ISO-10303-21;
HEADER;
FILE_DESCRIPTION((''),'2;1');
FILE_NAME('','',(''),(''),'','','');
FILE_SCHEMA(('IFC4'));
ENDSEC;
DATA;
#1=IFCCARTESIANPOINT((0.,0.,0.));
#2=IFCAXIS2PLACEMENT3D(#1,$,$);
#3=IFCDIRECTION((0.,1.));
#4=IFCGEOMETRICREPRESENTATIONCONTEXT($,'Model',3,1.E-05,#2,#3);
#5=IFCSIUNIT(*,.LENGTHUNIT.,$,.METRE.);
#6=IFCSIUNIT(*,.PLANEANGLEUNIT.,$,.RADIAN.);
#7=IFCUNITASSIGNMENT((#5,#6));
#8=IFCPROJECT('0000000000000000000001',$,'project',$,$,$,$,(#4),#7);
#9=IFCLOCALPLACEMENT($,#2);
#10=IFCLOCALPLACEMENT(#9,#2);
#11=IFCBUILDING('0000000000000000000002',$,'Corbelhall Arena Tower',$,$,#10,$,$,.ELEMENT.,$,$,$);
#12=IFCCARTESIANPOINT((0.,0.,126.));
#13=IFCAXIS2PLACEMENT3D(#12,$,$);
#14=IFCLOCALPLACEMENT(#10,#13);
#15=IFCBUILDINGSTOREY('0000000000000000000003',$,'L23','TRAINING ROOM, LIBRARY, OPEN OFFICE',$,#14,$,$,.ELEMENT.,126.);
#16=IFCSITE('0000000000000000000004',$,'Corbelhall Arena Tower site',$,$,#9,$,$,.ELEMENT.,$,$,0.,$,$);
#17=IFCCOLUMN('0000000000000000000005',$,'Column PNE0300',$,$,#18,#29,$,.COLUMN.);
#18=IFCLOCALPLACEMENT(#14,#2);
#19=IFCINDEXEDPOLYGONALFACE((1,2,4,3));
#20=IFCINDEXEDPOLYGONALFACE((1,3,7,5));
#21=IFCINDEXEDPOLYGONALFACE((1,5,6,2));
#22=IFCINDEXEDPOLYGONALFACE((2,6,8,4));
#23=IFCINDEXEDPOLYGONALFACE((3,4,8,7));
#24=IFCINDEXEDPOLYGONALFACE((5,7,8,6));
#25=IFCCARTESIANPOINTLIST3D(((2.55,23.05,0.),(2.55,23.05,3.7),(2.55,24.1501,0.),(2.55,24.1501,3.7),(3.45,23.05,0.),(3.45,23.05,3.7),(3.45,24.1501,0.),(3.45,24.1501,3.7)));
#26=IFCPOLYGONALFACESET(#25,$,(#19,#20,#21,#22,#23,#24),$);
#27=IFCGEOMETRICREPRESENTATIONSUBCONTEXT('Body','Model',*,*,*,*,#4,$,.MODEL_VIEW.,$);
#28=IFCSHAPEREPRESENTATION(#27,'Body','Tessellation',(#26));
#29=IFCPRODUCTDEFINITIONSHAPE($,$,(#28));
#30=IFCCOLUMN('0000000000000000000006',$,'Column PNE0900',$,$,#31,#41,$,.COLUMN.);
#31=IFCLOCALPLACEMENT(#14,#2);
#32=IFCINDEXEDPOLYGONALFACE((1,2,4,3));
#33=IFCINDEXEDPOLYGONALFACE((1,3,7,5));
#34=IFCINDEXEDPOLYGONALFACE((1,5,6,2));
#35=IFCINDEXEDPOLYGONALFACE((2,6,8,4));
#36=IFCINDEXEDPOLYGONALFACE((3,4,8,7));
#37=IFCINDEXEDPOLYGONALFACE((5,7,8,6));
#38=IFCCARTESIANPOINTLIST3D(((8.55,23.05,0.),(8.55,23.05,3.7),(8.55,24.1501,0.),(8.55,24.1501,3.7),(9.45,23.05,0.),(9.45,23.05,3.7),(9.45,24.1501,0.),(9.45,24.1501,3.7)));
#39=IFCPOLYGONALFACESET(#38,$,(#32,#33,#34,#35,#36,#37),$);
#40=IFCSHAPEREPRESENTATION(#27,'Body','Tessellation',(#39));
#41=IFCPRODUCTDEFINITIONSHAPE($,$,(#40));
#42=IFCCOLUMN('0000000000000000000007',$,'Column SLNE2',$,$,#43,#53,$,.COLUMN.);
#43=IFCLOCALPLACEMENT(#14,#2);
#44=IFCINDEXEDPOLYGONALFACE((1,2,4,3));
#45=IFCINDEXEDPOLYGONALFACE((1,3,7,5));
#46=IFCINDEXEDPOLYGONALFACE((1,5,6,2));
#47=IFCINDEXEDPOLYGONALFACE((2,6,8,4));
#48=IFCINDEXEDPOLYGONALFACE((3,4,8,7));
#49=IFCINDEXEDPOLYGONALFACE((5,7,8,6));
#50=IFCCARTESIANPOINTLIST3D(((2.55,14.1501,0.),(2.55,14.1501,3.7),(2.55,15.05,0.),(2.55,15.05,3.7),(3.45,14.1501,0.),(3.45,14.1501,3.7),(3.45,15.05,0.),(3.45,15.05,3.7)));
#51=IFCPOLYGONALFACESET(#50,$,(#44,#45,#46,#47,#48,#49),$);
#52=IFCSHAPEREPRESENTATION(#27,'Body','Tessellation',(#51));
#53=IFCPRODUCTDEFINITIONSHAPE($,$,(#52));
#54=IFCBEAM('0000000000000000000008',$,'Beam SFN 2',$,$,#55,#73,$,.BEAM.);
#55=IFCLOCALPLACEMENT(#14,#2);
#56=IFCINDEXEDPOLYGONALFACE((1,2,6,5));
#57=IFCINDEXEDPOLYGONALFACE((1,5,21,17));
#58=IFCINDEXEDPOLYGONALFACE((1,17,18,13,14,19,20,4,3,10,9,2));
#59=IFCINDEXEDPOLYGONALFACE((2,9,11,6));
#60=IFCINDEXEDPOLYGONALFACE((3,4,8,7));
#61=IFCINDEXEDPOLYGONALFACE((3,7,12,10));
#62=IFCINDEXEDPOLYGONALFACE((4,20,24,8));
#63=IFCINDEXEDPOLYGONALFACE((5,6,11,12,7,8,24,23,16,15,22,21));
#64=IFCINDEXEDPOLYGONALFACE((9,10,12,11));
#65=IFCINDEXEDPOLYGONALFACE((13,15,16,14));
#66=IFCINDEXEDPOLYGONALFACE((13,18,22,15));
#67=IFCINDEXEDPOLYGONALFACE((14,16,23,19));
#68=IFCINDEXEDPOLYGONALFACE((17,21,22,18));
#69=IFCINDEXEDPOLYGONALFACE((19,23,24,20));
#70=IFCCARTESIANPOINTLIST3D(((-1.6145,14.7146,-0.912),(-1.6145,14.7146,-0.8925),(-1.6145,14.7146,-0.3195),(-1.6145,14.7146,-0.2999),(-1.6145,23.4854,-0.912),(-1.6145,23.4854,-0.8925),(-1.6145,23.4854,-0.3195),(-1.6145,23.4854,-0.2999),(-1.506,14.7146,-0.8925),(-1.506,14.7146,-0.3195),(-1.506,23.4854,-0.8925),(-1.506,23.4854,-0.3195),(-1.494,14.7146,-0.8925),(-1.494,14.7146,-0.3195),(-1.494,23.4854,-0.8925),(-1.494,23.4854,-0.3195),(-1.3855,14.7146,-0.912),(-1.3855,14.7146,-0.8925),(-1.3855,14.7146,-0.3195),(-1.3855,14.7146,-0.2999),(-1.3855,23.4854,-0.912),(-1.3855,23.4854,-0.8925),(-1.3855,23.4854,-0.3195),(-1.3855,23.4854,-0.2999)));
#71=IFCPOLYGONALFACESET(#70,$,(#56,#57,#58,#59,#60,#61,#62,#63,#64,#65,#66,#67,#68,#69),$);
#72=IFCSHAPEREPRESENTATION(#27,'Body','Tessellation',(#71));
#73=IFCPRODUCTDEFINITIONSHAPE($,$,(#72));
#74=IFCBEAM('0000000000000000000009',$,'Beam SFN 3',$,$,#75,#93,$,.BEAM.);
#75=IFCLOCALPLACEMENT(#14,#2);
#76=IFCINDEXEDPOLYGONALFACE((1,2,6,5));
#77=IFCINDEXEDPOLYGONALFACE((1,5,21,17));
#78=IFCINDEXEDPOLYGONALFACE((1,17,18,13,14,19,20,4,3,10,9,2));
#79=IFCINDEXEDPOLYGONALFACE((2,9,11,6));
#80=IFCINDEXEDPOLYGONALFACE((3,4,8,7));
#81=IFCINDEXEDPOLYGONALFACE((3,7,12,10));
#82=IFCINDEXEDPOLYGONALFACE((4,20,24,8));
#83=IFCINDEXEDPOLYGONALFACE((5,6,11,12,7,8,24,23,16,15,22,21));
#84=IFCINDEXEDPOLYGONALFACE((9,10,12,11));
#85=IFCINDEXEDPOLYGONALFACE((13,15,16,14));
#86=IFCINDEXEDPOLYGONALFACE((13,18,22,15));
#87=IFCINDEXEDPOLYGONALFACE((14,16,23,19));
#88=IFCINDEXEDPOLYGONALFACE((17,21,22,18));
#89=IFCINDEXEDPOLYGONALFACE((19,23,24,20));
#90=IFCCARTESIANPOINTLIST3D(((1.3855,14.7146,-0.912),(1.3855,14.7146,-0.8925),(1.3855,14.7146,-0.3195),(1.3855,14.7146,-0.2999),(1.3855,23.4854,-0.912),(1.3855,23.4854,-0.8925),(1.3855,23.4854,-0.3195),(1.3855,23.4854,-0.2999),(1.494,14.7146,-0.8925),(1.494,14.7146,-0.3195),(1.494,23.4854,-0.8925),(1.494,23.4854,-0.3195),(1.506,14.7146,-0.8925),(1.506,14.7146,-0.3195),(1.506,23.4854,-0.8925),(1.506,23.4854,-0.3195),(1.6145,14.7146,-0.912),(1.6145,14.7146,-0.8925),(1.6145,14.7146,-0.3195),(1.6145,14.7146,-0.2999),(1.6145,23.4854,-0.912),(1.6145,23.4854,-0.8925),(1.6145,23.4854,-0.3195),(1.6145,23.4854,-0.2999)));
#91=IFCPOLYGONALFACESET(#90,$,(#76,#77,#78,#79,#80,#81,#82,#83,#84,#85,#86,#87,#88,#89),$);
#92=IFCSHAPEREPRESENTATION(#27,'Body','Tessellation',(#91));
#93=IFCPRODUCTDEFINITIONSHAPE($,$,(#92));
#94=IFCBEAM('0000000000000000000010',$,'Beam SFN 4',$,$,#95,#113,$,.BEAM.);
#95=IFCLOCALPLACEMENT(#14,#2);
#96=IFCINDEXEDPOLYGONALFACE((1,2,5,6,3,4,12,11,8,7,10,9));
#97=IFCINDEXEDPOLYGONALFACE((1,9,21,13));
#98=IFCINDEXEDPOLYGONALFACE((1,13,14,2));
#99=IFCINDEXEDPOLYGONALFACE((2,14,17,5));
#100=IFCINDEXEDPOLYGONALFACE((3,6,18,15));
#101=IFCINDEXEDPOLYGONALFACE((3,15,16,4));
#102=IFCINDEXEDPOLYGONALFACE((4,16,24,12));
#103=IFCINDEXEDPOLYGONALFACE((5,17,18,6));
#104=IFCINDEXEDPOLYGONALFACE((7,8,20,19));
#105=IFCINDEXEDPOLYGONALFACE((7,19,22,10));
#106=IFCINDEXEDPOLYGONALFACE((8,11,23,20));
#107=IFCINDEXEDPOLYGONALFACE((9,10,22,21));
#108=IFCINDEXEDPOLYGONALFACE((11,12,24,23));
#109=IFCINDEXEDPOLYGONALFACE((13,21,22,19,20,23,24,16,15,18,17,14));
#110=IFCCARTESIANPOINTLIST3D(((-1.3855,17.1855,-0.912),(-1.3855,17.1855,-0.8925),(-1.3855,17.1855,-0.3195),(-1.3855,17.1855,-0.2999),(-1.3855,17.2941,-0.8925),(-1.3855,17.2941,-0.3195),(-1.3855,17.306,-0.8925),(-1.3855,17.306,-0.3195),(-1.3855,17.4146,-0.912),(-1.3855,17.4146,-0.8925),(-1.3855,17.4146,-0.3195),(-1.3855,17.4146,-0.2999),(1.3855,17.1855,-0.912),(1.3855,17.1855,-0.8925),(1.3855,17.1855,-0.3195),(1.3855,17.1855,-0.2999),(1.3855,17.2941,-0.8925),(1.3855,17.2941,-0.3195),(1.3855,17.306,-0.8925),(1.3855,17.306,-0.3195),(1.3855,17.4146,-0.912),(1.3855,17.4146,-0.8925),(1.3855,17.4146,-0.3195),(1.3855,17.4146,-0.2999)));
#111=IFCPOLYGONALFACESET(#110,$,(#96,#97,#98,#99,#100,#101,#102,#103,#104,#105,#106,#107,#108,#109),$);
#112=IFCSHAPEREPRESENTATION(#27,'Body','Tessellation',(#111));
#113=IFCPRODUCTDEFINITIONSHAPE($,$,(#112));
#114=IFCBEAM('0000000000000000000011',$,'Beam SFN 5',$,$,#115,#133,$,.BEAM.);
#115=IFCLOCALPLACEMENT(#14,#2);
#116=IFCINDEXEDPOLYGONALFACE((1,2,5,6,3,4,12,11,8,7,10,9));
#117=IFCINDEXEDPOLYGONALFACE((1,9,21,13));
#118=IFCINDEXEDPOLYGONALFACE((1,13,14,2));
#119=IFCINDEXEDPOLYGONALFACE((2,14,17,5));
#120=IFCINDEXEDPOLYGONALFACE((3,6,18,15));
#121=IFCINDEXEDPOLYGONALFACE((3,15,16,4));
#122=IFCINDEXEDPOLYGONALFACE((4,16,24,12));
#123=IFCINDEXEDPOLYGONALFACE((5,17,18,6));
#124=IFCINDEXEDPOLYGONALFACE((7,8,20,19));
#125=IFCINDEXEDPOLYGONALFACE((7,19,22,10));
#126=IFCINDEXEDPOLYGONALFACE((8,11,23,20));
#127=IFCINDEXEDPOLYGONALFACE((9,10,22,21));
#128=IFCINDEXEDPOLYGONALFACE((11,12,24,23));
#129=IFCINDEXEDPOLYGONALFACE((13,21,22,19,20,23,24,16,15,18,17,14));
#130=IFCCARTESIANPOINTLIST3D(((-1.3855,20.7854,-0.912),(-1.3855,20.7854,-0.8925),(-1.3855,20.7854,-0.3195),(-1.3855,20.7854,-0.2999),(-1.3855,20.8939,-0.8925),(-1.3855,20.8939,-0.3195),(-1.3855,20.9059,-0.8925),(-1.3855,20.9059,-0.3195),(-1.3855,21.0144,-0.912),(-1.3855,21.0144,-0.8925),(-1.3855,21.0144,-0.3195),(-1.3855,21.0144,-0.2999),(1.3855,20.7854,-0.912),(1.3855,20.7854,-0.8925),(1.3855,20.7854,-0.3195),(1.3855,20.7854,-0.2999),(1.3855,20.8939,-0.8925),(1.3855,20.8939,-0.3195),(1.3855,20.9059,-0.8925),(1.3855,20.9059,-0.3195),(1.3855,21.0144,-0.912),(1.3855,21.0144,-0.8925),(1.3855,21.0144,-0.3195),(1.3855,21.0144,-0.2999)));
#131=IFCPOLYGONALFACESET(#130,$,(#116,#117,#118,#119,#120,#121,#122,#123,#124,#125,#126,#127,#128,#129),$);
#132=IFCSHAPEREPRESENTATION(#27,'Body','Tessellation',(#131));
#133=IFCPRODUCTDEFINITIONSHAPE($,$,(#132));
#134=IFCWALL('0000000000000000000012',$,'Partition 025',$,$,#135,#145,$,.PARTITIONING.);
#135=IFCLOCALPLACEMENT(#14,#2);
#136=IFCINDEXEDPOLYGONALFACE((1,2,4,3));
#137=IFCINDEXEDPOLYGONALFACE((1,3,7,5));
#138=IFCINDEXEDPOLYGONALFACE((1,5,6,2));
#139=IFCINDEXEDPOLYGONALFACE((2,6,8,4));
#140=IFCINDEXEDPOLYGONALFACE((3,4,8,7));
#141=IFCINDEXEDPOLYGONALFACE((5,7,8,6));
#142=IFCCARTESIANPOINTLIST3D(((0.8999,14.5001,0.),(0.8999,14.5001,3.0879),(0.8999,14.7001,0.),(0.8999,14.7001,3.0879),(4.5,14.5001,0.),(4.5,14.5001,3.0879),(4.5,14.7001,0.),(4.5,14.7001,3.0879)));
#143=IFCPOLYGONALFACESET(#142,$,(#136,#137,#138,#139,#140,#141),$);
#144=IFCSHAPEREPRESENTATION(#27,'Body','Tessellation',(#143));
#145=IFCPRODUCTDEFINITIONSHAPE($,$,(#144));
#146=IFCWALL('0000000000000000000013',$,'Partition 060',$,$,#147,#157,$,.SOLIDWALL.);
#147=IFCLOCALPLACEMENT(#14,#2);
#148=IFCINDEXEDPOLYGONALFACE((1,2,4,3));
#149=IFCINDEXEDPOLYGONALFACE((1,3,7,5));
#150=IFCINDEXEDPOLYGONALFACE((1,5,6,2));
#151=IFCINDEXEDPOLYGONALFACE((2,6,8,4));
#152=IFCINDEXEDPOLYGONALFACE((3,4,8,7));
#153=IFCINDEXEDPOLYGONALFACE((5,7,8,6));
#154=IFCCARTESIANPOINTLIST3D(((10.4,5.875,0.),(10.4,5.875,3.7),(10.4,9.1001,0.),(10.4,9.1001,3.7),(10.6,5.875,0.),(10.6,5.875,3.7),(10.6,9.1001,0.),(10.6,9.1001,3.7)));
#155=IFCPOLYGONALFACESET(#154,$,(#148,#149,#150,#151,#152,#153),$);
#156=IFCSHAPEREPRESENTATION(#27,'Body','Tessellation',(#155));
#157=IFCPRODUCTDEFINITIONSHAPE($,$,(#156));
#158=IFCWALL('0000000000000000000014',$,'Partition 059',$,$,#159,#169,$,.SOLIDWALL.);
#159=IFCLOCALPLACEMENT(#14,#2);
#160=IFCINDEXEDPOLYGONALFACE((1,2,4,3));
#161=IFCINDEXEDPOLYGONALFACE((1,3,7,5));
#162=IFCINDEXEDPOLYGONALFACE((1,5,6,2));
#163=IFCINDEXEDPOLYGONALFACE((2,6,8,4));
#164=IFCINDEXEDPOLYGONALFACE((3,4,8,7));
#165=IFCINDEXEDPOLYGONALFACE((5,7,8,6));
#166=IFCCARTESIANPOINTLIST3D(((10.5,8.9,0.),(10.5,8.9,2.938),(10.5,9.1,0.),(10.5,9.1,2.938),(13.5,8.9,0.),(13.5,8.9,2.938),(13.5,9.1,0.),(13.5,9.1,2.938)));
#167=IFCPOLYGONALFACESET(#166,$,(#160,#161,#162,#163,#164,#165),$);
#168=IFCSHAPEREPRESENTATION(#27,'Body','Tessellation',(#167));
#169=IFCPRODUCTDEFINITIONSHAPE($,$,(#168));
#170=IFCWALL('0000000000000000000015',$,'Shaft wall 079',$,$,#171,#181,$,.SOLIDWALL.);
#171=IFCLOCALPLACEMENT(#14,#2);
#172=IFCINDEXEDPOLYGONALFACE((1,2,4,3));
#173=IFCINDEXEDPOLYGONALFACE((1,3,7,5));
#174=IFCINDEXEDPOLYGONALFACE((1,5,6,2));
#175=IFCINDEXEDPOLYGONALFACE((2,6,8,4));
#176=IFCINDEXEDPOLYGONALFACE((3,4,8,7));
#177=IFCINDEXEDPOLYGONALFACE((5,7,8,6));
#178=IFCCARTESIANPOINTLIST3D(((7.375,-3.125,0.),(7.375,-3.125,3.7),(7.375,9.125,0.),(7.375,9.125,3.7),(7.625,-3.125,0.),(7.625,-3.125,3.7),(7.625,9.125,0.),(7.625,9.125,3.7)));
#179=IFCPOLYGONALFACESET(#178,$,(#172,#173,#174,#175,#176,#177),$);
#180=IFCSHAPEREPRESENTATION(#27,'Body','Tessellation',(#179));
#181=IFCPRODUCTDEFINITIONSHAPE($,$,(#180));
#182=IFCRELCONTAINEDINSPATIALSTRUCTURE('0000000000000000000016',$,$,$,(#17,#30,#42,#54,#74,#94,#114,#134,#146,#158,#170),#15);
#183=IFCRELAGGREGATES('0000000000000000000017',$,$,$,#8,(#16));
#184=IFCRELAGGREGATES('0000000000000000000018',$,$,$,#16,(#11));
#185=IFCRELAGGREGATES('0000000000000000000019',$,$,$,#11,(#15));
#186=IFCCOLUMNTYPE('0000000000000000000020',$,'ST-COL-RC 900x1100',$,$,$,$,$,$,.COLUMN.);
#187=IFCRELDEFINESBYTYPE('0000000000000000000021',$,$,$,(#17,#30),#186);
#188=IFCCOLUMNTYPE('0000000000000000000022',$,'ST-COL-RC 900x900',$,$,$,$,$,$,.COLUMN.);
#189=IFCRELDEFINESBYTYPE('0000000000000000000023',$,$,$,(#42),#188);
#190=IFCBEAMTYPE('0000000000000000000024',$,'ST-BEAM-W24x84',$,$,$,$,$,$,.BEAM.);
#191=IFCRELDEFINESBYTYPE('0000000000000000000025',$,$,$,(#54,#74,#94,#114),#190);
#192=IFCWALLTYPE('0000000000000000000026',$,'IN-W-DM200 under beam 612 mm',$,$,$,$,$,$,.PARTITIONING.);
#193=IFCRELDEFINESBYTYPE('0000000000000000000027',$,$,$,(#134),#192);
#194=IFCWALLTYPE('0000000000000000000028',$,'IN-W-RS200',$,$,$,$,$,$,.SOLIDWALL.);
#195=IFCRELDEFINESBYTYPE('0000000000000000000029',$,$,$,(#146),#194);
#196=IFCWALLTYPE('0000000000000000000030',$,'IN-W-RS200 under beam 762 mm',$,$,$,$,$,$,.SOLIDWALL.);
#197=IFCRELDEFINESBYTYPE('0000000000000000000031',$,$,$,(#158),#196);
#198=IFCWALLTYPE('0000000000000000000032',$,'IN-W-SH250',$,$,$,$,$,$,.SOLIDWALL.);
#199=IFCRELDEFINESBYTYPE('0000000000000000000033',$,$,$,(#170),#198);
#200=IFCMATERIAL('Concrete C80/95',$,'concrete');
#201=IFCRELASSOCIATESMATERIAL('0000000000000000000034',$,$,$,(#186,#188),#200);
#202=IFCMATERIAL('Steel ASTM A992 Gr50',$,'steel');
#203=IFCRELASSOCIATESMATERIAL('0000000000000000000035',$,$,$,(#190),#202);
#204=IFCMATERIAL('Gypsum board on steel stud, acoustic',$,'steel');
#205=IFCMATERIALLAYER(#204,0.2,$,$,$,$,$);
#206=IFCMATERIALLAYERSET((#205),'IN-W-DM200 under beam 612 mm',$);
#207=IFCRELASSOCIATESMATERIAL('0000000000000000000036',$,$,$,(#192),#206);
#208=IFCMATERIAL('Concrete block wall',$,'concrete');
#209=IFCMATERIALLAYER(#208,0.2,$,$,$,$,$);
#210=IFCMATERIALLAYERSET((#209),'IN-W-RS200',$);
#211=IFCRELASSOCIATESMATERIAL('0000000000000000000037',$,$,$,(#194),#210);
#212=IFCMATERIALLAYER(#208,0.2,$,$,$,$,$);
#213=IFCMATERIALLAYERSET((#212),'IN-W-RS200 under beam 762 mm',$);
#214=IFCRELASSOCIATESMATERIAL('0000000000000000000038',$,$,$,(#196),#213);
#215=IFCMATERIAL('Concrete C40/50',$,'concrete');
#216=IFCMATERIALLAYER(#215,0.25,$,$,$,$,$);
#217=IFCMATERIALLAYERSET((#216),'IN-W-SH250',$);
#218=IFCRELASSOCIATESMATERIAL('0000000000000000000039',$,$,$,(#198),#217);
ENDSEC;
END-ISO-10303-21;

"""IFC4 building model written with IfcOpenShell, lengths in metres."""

from ifc_helpers import new_model, si_unit, direction, frame, frame_2d, origin, origin_2d, place, context, subcontext, project, spatial, rectangle, i_section, extrude, material, layer, layer_set, material_profile, profile_set, type_object, element, save


model = new_model("IFC4")

# Units and contexts
model_context = context("Model", 3, precision=1e-05, world=origin(), true_north=direction((0.0, 1.0)))
body_context = subcontext(model_context, "Body", "Model", "MODEL_VIEW")
ifc_project = project(units=[si_unit("LENGTHUNIT", "METRE"), si_unit("PLANEANGLEUNIT", "RADIAN")], contexts=[model_context])

# Site, building, storey
site_placement = place(None, origin())
site = spatial("IfcSite", under=ifc_project, at=site_placement, Name="Corbelhall Arena Tower site", CompositionType="ELEMENT", RefElevation=0.0)
building_placement = place(site_placement, origin())
building = spatial("IfcBuilding", under=site, at=building_placement, Name="Corbelhall Arena Tower", CompositionType="ELEMENT")
storey_placement = place(building_placement, frame((0.0, 0.0, 126.0)))
storey = spatial("IfcBuildingStorey", under=building, at=storey_placement, Name="L23", Description="TRAINING ROOM, LIBRARY, OPEN OFFICE", CompositionType="ELEMENT", Elevation=126.0)

# Columns
ifc_material_1 = material(Name="Concrete C80/95", Category="concrete")
ifc_material_profile_1 = material_profile(ifc_material_1, rectangle(XDim=0.8999, YDim=1.1001, at=origin_2d()))
ifc_profile_set_1 = profile_set([ifc_material_profile_1], Name="Concrete C80/95")
column_type_1 = type_object("IfcColumnType", Name="ST-COL-RC 900x1100", PredefinedType="COLUMN", material=ifc_profile_set_1)
for number, where, z_axis, x_axis, name in (
    (1, (3.0, 23.6001, 0.0), (0.0, 0.0, 1.0), (1.0, 0.0, 0.0), "Column PNE0300"),
    (2, (9.0, 23.6001, 0.0), (0.0, 0.0, 1.0), (1.0, 0.0, 0.0), "Column PNE0900"),
):
    element("IfcColumn", number, at=place(storey_placement, frame(where, z_axis=z_axis, x_axis=x_axis)), inside=storey, type_object=column_type_1, Name=name, PredefinedType="COLUMN", context=body_context, shape_type="SweptSolid", body=[
        extrude(rectangle(XDim=0.8999, YDim=1.1001, at=origin_2d()), origin(), (0.0, 0.0, 1.0), 3.7),
    ])
ifc_material_profile_2 = material_profile(ifc_material_1, rectangle(XDim=0.8999, YDim=0.8999, at=origin_2d()))
ifc_profile_set_2 = profile_set([ifc_material_profile_2], Name="Concrete C80/95")
column_type_2 = type_object("IfcColumnType", Name="ST-COL-RC 900x900", PredefinedType="COLUMN", material=ifc_profile_set_2)
column_placement = place(storey_placement, frame((3.0, 14.6001, 0.0), z_axis=(0.0, 0.0, 1.0), x_axis=(1.0, 0.0, 0.0)))
element("IfcColumn", 3, at=column_placement, inside=storey, type_object=column_type_2, Name="Column SLNE2", PredefinedType="COLUMN", context=body_context, shape_type="SweptSolid", body=[
    extrude(rectangle(XDim=0.8999, YDim=0.8999, at=origin_2d()), origin(), (0.0, 0.0, 1.0), 3.7),
])

# Beams
ifc_material_2 = material(Name="Steel ASTM A992 Gr50", Category="steel")
ifc_material_profile_3 = material_profile(ifc_material_2, i_section(OverallWidth=0.229, OverallDepth=0.6121, WebThickness=0.012, FlangeThickness=0.0195, at=origin_2d()))
ifc_profile_set_3 = profile_set([ifc_material_profile_3], Name="Steel ASTM A992 Gr50")
beam_type = type_object("IfcBeamType", Name="ST-BEAM-W24x84", PredefinedType="BEAM", material=ifc_profile_set_3)
for number, where, z_axis, x_axis, name in (
    (4, (-1.5, 14.7146, -0.606), (0.0, 1.0, 0.0), (-1.0, 0.0, 0.0), "Beam SFN 2"),
    (5, (1.5, 14.7146, -0.606), (0.0, 1.0, 0.0), (-1.0, 0.0, 0.0), "Beam SFN 3"),
):
    element("IfcBeam", number, at=place(storey_placement, frame(where, z_axis=z_axis, x_axis=x_axis)), inside=storey, type_object=beam_type, Name=name, PredefinedType="BEAM", context=body_context, shape_type="SweptSolid", body=[
        extrude(i_section(OverallWidth=0.229, OverallDepth=0.6121, WebThickness=0.012, FlangeThickness=0.0195, at=origin_2d()), origin(), (0.0, 0.0, 1.0), 8.7708),
    ])
for number, where, z_axis, x_axis, name in (
    (6, (-1.3855, 17.3, -0.606), (1.0, 0.0, 0.0), (0.0, 1.0, 0.0), "Beam SFN 4"),
    (7, (-1.3855, 20.8999, -0.606), (1.0, 0.0, 0.0), (0.0, 1.0, 0.0), "Beam SFN 5"),
):
    element("IfcBeam", number, at=place(storey_placement, frame(where, z_axis=z_axis, x_axis=x_axis)), inside=storey, type_object=beam_type, Name=name, PredefinedType="BEAM", context=body_context, shape_type="SweptSolid", body=[
        extrude(i_section(OverallWidth=0.229, OverallDepth=0.6121, WebThickness=0.012, FlangeThickness=0.0195, at=origin_2d()), origin(), (0.0, 0.0, 1.0), 2.771),
    ])

# Walls
ifc_material_3 = material(Name="Gypsum board on steel stud, acoustic", Category="steel")
ifc_layer_1 = layer(ifc_material_3, 0.2)
ifc_layer_set_1 = layer_set([ifc_layer_1], Name="IN-W-DM200 under beam 612 mm")
wall_type_1 = type_object("IfcWallType", Name="IN-W-DM200 under beam 612 mm", PredefinedType="PARTITIONING", material=ifc_layer_set_1)
wall_1_placement = place(storey_placement, frame((0.8999, 14.6001, 0.0), z_axis=(0.0, 0.0, 1.0), x_axis=(1.0, 0.0, 0.0)))
element("IfcWall", 8, at=wall_1_placement, inside=storey, type_object=wall_type_1, Name="Partition 025", PredefinedType="PARTITIONING", context=body_context, shape_type="SweptSolid", body=[
    extrude(rectangle(XDim=3.6001, YDim=0.2, at=frame_2d((1.8, 0.0))), origin(), (0.0, 0.0, 1.0), 3.0879),
])
ifc_material_4 = material(Name="Concrete block wall", Category="concrete")
ifc_layer_2 = layer(ifc_material_4, 0.2)
ifc_layer_set_2 = layer_set([ifc_layer_2], Name="IN-W-RS200")
wall_type_2 = type_object("IfcWallType", Name="IN-W-RS200", PredefinedType="SOLIDWALL", material=ifc_layer_set_2)
wall_2_placement = place(storey_placement, frame((10.5, 9.1001, 0.0), z_axis=(0.0, 0.0, 1.0), x_axis=(0.0, -1.0, 0.0)))
element("IfcWall", 9, at=wall_2_placement, inside=storey, type_object=wall_type_2, Name="Partition 060", PredefinedType="SOLIDWALL", context=body_context, shape_type="SweptSolid", body=[
    extrude(rectangle(XDim=3.2251, YDim=0.2, at=frame_2d((1.6125, 0.0))), origin(), (0.0, 0.0, 1.0), 3.7),
])
ifc_layer_3 = layer(ifc_material_4, 0.2)
ifc_layer_set_3 = layer_set([ifc_layer_3], Name="IN-W-RS200 under beam 762 mm")
wall_type_3 = type_object("IfcWallType", Name="IN-W-RS200 under beam 762 mm", PredefinedType="SOLIDWALL", material=ifc_layer_set_3)
wall_3_placement = place(storey_placement, frame((10.5, 9.0, 0.0), z_axis=(0.0, 0.0, 1.0), x_axis=(1.0, 0.0, 0.0)))
element("IfcWall", 10, at=wall_3_placement, inside=storey, type_object=wall_type_3, Name="Partition 059", PredefinedType="SOLIDWALL", context=body_context, shape_type="SweptSolid", body=[
    extrude(rectangle(XDim=3.0, YDim=0.2, at=frame_2d((1.5, 0.0))), origin(), (0.0, 0.0, 1.0), 2.938),
])
ifc_material_5 = material(Name="Concrete C40/50", Category="concrete")
ifc_layer_4 = layer(ifc_material_5, 0.25)
ifc_layer_set_4 = layer_set([ifc_layer_4], Name="IN-W-SH250")
wall_type_4 = type_object("IfcWallType", Name="IN-W-SH250", PredefinedType="SOLIDWALL", material=ifc_layer_set_4)
wall_4_placement = place(storey_placement, frame((7.5, 9.125, 0.0), z_axis=(0.0, 0.0, 1.0), x_axis=(0.0, -1.0, 0.0)))
element("IfcWall", 11, at=wall_4_placement, inside=storey, type_object=wall_type_4, Name="Shaft wall 079", PredefinedType="SOLIDWALL", context=body_context, shape_type="SweptSolid", body=[
    extrude(rectangle(XDim=12.25, YDim=0.25, at=frame_2d((6.125, 0.0))), origin(), (0.0, 0.0, 1.0), 3.7),
])

save(model, "model.ifc")
